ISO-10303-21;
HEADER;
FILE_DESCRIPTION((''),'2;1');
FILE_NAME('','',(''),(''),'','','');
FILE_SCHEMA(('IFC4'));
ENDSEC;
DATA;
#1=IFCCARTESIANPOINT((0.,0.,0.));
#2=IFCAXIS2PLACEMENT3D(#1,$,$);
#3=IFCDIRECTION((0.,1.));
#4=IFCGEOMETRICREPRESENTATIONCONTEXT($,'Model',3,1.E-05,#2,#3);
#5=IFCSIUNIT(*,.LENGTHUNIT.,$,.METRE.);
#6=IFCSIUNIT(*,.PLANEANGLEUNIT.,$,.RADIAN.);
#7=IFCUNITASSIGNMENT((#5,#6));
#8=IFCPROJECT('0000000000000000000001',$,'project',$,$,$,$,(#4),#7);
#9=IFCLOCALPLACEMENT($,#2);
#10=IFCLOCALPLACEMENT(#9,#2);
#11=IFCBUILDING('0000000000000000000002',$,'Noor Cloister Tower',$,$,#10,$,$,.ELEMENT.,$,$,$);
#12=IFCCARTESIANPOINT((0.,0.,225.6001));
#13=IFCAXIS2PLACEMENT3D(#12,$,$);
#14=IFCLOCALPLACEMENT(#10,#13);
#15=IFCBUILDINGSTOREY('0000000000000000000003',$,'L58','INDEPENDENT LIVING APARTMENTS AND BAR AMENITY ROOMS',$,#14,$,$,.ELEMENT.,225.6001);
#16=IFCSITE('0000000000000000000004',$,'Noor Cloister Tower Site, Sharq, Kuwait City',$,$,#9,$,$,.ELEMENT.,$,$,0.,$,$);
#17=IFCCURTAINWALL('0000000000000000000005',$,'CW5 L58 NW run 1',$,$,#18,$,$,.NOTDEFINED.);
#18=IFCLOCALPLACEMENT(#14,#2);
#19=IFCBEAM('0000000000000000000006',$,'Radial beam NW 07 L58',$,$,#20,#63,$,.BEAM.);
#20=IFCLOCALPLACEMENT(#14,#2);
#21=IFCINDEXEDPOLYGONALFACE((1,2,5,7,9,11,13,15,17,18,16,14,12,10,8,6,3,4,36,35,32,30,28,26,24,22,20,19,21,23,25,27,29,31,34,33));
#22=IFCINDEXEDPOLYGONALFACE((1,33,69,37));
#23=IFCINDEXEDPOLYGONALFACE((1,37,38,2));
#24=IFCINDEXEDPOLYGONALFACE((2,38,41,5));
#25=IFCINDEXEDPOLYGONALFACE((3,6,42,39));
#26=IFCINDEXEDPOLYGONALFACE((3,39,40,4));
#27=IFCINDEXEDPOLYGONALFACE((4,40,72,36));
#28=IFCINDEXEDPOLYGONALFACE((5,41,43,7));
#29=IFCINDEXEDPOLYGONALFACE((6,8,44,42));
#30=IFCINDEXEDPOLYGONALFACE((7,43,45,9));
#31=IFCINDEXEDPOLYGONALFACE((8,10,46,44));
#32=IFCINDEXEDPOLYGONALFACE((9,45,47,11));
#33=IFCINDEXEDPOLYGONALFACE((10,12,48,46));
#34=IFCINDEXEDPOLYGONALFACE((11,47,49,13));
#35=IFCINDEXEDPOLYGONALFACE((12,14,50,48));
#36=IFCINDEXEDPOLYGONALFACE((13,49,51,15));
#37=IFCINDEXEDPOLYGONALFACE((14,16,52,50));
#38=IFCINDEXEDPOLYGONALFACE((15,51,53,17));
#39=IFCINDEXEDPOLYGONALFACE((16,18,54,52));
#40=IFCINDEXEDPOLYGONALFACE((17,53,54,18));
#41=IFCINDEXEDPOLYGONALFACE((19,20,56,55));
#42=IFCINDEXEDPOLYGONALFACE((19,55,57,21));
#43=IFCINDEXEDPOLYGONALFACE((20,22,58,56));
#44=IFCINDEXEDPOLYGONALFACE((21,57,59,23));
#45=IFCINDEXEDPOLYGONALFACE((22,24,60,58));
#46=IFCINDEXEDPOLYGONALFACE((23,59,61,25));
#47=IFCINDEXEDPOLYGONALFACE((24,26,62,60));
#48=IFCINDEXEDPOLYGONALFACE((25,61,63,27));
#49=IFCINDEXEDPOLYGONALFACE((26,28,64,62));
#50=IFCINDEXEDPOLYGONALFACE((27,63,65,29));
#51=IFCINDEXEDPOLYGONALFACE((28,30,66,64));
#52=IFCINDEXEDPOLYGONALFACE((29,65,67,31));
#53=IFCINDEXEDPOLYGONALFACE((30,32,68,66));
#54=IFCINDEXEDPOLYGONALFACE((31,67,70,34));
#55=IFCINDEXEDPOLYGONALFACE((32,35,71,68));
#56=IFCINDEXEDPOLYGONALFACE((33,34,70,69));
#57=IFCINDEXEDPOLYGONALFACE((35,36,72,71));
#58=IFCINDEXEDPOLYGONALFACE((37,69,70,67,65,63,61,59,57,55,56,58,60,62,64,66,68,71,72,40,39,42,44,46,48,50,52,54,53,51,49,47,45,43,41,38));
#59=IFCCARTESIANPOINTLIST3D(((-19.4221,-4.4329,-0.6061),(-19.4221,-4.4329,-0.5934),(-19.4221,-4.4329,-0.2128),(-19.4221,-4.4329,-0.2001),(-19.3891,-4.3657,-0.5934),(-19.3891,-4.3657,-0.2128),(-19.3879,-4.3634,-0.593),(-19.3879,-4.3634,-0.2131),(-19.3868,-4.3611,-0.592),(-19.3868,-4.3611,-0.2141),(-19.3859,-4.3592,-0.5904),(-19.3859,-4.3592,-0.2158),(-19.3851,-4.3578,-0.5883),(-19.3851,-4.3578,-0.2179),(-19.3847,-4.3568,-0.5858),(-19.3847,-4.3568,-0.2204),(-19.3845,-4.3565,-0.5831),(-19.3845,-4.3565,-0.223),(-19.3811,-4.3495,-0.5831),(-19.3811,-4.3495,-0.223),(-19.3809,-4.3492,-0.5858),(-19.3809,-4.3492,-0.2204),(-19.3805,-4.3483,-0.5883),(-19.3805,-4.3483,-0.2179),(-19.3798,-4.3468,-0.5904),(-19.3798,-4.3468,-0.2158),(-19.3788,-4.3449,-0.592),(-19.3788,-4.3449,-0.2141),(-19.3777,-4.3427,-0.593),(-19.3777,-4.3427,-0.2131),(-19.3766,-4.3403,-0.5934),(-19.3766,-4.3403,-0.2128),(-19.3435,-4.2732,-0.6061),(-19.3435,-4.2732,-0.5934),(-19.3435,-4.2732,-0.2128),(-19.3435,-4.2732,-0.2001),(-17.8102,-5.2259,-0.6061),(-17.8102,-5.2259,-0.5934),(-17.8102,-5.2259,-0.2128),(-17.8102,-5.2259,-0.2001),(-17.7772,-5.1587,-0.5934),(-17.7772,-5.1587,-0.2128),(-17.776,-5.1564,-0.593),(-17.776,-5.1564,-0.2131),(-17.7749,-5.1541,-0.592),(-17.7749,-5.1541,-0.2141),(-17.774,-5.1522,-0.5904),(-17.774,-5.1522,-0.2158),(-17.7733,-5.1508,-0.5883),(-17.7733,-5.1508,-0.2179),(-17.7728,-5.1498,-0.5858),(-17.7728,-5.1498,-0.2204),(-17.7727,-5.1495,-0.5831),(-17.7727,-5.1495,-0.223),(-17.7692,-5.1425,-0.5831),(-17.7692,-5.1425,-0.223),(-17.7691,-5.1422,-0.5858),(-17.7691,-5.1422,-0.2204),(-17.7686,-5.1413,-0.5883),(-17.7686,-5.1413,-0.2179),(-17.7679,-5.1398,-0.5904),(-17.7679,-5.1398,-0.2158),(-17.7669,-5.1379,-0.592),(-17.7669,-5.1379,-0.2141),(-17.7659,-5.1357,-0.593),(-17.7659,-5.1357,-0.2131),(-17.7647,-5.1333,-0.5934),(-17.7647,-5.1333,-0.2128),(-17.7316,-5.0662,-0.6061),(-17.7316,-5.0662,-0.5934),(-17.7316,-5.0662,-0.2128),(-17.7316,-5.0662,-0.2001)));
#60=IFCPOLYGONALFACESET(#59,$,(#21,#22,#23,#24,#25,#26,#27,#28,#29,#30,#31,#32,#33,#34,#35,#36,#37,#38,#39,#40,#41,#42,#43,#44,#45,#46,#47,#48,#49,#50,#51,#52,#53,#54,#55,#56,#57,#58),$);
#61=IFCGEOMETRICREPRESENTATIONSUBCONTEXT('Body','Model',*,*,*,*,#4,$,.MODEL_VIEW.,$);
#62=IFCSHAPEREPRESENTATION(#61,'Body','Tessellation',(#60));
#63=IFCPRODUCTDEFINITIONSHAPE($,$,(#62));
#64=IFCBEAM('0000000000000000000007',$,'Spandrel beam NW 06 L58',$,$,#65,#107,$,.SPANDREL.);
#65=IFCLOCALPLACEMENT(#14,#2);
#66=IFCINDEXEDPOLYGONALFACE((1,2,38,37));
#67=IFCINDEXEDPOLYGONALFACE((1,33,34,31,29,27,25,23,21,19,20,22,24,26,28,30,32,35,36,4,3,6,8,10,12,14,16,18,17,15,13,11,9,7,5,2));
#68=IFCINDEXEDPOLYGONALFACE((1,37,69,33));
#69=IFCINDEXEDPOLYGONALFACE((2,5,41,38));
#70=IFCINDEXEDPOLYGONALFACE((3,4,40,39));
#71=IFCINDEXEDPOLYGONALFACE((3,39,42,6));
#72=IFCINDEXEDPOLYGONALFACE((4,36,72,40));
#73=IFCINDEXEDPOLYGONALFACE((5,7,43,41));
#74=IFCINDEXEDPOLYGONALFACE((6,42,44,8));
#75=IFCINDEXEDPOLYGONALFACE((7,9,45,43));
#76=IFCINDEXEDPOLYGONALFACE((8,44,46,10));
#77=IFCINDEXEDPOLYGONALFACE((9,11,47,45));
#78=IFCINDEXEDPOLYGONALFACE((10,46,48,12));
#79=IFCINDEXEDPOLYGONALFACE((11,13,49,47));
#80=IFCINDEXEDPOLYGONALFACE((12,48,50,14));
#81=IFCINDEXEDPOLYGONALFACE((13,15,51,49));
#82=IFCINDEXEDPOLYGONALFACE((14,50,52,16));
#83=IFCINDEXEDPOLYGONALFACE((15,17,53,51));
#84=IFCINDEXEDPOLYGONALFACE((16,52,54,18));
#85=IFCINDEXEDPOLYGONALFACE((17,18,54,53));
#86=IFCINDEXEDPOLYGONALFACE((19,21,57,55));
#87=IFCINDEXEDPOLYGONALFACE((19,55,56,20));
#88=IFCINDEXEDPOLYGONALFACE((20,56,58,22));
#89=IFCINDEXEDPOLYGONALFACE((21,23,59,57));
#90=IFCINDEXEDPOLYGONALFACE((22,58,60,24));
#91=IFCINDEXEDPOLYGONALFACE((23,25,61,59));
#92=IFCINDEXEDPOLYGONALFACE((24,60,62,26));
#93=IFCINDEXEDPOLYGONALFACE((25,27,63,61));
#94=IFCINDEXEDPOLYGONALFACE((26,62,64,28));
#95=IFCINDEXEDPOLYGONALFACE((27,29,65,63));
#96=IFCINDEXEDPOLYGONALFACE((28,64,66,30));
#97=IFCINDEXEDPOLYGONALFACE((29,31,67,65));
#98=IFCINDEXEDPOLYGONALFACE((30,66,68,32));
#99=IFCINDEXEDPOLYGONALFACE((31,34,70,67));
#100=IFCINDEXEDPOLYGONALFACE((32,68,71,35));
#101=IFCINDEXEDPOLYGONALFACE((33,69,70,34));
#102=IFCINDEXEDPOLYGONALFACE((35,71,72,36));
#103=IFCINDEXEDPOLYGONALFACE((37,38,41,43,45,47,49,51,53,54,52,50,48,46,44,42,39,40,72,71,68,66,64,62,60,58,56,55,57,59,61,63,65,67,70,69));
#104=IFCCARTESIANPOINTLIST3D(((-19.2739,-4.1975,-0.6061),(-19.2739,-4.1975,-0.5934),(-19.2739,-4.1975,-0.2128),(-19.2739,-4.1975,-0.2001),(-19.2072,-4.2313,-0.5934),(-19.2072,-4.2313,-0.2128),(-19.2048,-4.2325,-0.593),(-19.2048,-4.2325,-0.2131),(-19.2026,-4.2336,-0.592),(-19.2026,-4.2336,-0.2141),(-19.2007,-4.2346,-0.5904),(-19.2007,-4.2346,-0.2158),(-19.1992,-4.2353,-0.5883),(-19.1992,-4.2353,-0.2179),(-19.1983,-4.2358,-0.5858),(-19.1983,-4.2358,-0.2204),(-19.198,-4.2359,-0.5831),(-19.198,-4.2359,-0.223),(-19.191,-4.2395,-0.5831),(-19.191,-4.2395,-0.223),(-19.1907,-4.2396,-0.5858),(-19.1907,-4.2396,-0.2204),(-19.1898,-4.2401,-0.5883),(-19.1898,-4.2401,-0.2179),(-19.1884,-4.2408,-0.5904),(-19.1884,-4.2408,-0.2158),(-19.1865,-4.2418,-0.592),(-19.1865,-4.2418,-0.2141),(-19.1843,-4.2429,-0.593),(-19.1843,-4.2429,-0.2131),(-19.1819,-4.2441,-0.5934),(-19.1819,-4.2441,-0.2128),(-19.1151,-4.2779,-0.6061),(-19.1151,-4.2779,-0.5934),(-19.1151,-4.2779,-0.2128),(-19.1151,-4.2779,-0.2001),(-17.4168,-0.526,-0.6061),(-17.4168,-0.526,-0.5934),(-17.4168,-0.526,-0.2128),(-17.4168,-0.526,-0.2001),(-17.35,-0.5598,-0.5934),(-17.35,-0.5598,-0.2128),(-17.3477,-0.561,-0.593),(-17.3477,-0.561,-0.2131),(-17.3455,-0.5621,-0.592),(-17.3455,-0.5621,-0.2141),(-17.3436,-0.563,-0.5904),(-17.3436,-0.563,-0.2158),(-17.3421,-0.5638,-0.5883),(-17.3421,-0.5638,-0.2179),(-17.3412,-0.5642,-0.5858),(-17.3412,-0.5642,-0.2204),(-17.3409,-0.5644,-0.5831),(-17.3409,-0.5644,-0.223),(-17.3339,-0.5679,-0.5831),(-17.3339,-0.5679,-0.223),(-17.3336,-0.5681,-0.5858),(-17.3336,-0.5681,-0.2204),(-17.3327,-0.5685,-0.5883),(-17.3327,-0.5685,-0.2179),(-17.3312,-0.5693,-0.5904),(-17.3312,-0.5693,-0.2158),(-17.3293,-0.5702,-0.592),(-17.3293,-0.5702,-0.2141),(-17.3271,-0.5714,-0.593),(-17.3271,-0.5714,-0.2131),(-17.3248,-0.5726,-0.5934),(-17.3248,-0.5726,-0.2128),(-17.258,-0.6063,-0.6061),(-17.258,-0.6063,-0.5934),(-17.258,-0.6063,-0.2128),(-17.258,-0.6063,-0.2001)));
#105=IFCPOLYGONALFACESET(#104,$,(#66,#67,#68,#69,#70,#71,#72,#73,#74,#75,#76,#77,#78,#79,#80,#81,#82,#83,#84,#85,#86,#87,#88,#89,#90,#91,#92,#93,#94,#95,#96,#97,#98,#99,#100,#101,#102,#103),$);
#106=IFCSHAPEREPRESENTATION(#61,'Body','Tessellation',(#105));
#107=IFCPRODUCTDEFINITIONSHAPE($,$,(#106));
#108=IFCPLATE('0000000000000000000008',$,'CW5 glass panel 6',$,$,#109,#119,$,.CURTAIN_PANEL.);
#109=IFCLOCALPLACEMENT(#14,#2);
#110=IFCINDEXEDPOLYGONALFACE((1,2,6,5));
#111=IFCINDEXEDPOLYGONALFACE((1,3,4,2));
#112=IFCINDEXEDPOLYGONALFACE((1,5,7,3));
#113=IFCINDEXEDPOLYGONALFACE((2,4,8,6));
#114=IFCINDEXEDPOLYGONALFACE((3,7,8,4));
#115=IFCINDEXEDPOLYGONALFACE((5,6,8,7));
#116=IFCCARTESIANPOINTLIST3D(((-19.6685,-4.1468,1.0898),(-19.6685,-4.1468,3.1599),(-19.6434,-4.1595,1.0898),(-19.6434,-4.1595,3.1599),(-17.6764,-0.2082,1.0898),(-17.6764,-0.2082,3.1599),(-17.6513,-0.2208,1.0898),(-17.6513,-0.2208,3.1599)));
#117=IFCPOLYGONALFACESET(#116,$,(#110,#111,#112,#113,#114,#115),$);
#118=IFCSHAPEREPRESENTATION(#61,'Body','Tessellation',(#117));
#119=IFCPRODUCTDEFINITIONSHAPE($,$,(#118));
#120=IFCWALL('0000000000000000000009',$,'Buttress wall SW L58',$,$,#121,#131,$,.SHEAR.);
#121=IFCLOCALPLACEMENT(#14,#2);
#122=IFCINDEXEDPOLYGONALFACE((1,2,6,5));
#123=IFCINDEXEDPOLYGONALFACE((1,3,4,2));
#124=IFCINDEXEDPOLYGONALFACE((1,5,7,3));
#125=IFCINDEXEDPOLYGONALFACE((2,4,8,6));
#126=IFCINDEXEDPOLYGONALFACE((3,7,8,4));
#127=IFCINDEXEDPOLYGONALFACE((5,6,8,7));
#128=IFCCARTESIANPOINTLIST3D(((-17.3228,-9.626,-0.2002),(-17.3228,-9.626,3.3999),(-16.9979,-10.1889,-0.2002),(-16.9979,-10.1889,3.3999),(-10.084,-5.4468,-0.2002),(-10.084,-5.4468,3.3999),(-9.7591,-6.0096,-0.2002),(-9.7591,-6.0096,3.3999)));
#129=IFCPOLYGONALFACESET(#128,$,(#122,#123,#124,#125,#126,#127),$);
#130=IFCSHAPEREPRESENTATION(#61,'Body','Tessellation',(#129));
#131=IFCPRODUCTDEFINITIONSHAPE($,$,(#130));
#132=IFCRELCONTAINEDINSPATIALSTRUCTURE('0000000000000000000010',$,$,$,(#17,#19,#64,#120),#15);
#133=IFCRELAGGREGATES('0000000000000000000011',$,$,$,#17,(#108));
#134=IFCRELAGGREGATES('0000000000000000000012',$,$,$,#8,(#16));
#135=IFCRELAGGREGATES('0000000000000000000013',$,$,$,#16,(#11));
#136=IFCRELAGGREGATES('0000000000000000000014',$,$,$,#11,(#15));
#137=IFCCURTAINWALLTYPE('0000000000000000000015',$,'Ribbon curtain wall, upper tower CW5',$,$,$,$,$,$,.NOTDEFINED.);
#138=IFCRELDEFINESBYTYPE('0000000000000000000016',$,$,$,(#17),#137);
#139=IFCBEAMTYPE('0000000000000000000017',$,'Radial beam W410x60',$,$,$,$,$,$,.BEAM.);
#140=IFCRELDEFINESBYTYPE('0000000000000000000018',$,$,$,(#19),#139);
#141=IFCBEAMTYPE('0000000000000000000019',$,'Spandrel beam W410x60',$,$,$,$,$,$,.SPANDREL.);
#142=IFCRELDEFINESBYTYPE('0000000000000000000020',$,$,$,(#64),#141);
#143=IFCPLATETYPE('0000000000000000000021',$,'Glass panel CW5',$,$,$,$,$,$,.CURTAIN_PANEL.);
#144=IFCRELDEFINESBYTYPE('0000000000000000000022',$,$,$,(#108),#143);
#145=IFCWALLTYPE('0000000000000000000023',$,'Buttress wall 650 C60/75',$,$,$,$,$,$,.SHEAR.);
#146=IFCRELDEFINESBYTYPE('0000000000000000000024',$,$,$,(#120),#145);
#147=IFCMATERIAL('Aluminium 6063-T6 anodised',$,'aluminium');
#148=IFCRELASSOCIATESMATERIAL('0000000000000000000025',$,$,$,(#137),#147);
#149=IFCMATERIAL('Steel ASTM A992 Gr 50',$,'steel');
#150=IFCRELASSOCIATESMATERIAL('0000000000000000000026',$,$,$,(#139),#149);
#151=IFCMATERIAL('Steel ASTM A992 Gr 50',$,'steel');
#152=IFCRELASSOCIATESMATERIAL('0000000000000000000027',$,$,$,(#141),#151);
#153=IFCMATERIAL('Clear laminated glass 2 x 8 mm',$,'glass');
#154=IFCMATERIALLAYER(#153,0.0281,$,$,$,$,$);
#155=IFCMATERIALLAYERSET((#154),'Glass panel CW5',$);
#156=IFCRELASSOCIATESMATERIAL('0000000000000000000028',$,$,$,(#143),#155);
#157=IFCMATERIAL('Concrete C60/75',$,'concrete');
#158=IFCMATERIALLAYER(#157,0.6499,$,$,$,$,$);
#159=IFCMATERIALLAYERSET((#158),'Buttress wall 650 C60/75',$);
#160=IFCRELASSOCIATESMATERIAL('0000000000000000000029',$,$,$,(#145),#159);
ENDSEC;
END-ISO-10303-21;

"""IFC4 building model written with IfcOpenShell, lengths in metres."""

from ifc_helpers import new_model, si_unit, direction, frame, frame_2d, origin, origin_2d, place, context, subcontext, project, spatial, rectangle, i_section, extrude, material, layer, layer_set, material_profile, profile_set, type_object, element, aggregate, save


model = new_model("IFC4")

# Units and contexts
model_context = context("Model", 3, precision=1e-05, world=origin(), true_north=direction((0.0, 1.0)))
body_context = subcontext(model_context, "Body", "Model", "MODEL_VIEW")
ifc_project = project(units=[si_unit("LENGTHUNIT", "METRE"), si_unit("PLANEANGLEUNIT", "RADIAN")], contexts=[model_context])

# Site, building, storey
site_placement = place(None, origin())
site = spatial("IfcSite", under=ifc_project, at=site_placement, Name="Noor Cloister Tower Site, Sharq, Kuwait City", CompositionType="ELEMENT", RefElevation=0.0)
building_placement = place(site_placement, origin())
building = spatial("IfcBuilding", under=site, at=building_placement, Name="Noor Cloister Tower", CompositionType="ELEMENT")
storey_placement = place(building_placement, frame((0.0, 0.0, 225.6001)))
storey = spatial("IfcBuildingStorey", under=building, at=storey_placement, Name="L58", Description="INDEPENDENT LIVING APARTMENTS AND BAR AMENITY ROOMS", CompositionType="ELEMENT", Elevation=225.6001)

# Curtain wall
ifc_material_1 = material(Name="Aluminium 6063-T6 anodised", Category="aluminium")
curtain_wall_type = type_object("IfcCurtainWallType", Name="Ribbon curtain wall, upper tower CW5", PredefinedType="NOTDEFINED", material=ifc_material_1)
curtain_wall_placement = place(storey_placement, origin())
curtain_wall = element("IfcCurtainWall", 1, at=curtain_wall_placement, inside=storey, type_object=curtain_wall_type, Name="CW5 L58 NW run 1", PredefinedType="NOTDEFINED")

# Beams
ifc_material_2 = material(Name="Steel ASTM A992 Gr 50", Category="steel")
ifc_material_profile_1 = material_profile(ifc_material_2, i_section(OverallWidth=0.178, OverallDepth=0.406, WebThickness=0.0078, FlangeThickness=0.0127, FilletRadius=0.0103, at=origin_2d()), Name="W410x60")
ifc_profile_set_1 = profile_set([ifc_material_profile_1], Name="Steel ASTM A992 Gr 50")
beam_type_1 = type_object("IfcBeamType", Name="Radial beam W410x60", PredefinedType="BEAM", material=ifc_profile_set_1)
beam_1_placement = place(storey_placement, frame((-19.3828, -4.353, -0.4031), z_axis=(0.89729, -0.441442, 0.0), x_axis=(0.441442, 0.89729, 0.0)))
element("IfcBeam", 2, at=beam_1_placement, inside=storey, type_object=beam_type_1, Name="Radial beam NW 07 L58", PredefinedType="BEAM", context=body_context, shape_type="SweptSolid", body=[
    extrude(i_section(OverallWidth=0.178, OverallDepth=0.406, WebThickness=0.0078, FlangeThickness=0.0127, FilletRadius=0.0103, at=origin_2d()), origin(), (0.0, 0.0, 1.0), 1.7964),
])
ifc_material_3 = material(Name="Steel ASTM A992 Gr 50", Category="steel")
ifc_material_profile_2 = material_profile(ifc_material_3, i_section(OverallWidth=0.178, OverallDepth=0.406, WebThickness=0.0078, FlangeThickness=0.0127, FilletRadius=0.0103, at=origin_2d()), Name="W410x60")
ifc_profile_set_2 = profile_set([ifc_material_profile_2], Name="Steel ASTM A992 Gr 50")
beam_type_2 = type_object("IfcBeamType", Name="Spandrel beam W410x60", PredefinedType="SPANDREL", material=ifc_profile_set_2)
beam_2_placement = place(storey_placement, frame((-17.3374, -0.5662, -0.4031), z_axis=(-0.451362, -0.892341, 0.0), x_axis=(0.892341, -0.451362, 0.0)))
element("IfcBeam", 3, at=beam_2_placement, inside=storey, type_object=beam_type_2, Name="Spandrel beam NW 06 L58", PredefinedType="SPANDREL", context=body_context, shape_type="SweptSolid", body=[
    extrude(i_section(OverallWidth=0.178, OverallDepth=0.406, WebThickness=0.0078, FlangeThickness=0.0127, FilletRadius=0.0103, at=origin_2d()), origin(), (0.0, 0.0, 1.0), 4.1145),
])

# Plate
ifc_material_4 = material(Name="Clear laminated glass 2 x 8 mm", Category="glass")
ifc_layer_1 = layer(ifc_material_4, 0.0281)
ifc_layer_set_1 = layer_set([ifc_layer_1], Name="Glass panel CW5")
plate_type = type_object("IfcPlateType", Name="Glass panel CW5", PredefinedType="CURTAIN_PANEL", material=ifc_layer_set_1)
plate_placement = place(storey_placement, frame((-18.6599, -2.1838, 1.0898), z_axis=(0.0, 0.0, 1.0), x_axis=(-0.451339, -0.892353, 0.0)))
plate = element("IfcPlate", 4, at=plate_placement, type_object=plate_type, Name="CW5 glass panel 6", PredefinedType="CURTAIN_PANEL", context=body_context, shape_type="SweptSolid", body=[
    extrude(rectangle(XDim=4.4138, YDim=0.0281, at=origin_2d()), origin(), (0.0, 0.0, 1.0), 2.0701),
])
aggregate(curtain_wall, [plate])

# Wall
ifc_material_5 = material(Name="Concrete C60/75", Category="concrete")
ifc_layer_2 = layer(ifc_material_5, 0.6499)
ifc_layer_set_2 = layer_set([ifc_layer_2], Name="Buttress wall 650 C60/75")
wall_type_1 = type_object("IfcWallType", Name="Buttress wall 650 C60/75", PredefinedType="SHEAR", material=ifc_layer_set_2)
wall_1_placement = place(storey_placement, frame((-9.9216, -5.7283, -0.2002), z_axis=(0.0, 0.0, 1.0), x_axis=(-0.866031, -0.49999, 0.0)))
element("IfcWall", 5, at=wall_1_placement, inside=storey, type_object=wall_type_1, Name="Buttress wall SW L58", PredefinedType="SHEAR", context=body_context, shape_type="SweptSolid", body=[
    extrude(rectangle(XDim=8.3586, YDim=0.6499, at=frame_2d((4.1792, 0.0))), origin(), (0.0, 0.0, 1.0), 3.6001),
])

save(model, "model.ifc")
